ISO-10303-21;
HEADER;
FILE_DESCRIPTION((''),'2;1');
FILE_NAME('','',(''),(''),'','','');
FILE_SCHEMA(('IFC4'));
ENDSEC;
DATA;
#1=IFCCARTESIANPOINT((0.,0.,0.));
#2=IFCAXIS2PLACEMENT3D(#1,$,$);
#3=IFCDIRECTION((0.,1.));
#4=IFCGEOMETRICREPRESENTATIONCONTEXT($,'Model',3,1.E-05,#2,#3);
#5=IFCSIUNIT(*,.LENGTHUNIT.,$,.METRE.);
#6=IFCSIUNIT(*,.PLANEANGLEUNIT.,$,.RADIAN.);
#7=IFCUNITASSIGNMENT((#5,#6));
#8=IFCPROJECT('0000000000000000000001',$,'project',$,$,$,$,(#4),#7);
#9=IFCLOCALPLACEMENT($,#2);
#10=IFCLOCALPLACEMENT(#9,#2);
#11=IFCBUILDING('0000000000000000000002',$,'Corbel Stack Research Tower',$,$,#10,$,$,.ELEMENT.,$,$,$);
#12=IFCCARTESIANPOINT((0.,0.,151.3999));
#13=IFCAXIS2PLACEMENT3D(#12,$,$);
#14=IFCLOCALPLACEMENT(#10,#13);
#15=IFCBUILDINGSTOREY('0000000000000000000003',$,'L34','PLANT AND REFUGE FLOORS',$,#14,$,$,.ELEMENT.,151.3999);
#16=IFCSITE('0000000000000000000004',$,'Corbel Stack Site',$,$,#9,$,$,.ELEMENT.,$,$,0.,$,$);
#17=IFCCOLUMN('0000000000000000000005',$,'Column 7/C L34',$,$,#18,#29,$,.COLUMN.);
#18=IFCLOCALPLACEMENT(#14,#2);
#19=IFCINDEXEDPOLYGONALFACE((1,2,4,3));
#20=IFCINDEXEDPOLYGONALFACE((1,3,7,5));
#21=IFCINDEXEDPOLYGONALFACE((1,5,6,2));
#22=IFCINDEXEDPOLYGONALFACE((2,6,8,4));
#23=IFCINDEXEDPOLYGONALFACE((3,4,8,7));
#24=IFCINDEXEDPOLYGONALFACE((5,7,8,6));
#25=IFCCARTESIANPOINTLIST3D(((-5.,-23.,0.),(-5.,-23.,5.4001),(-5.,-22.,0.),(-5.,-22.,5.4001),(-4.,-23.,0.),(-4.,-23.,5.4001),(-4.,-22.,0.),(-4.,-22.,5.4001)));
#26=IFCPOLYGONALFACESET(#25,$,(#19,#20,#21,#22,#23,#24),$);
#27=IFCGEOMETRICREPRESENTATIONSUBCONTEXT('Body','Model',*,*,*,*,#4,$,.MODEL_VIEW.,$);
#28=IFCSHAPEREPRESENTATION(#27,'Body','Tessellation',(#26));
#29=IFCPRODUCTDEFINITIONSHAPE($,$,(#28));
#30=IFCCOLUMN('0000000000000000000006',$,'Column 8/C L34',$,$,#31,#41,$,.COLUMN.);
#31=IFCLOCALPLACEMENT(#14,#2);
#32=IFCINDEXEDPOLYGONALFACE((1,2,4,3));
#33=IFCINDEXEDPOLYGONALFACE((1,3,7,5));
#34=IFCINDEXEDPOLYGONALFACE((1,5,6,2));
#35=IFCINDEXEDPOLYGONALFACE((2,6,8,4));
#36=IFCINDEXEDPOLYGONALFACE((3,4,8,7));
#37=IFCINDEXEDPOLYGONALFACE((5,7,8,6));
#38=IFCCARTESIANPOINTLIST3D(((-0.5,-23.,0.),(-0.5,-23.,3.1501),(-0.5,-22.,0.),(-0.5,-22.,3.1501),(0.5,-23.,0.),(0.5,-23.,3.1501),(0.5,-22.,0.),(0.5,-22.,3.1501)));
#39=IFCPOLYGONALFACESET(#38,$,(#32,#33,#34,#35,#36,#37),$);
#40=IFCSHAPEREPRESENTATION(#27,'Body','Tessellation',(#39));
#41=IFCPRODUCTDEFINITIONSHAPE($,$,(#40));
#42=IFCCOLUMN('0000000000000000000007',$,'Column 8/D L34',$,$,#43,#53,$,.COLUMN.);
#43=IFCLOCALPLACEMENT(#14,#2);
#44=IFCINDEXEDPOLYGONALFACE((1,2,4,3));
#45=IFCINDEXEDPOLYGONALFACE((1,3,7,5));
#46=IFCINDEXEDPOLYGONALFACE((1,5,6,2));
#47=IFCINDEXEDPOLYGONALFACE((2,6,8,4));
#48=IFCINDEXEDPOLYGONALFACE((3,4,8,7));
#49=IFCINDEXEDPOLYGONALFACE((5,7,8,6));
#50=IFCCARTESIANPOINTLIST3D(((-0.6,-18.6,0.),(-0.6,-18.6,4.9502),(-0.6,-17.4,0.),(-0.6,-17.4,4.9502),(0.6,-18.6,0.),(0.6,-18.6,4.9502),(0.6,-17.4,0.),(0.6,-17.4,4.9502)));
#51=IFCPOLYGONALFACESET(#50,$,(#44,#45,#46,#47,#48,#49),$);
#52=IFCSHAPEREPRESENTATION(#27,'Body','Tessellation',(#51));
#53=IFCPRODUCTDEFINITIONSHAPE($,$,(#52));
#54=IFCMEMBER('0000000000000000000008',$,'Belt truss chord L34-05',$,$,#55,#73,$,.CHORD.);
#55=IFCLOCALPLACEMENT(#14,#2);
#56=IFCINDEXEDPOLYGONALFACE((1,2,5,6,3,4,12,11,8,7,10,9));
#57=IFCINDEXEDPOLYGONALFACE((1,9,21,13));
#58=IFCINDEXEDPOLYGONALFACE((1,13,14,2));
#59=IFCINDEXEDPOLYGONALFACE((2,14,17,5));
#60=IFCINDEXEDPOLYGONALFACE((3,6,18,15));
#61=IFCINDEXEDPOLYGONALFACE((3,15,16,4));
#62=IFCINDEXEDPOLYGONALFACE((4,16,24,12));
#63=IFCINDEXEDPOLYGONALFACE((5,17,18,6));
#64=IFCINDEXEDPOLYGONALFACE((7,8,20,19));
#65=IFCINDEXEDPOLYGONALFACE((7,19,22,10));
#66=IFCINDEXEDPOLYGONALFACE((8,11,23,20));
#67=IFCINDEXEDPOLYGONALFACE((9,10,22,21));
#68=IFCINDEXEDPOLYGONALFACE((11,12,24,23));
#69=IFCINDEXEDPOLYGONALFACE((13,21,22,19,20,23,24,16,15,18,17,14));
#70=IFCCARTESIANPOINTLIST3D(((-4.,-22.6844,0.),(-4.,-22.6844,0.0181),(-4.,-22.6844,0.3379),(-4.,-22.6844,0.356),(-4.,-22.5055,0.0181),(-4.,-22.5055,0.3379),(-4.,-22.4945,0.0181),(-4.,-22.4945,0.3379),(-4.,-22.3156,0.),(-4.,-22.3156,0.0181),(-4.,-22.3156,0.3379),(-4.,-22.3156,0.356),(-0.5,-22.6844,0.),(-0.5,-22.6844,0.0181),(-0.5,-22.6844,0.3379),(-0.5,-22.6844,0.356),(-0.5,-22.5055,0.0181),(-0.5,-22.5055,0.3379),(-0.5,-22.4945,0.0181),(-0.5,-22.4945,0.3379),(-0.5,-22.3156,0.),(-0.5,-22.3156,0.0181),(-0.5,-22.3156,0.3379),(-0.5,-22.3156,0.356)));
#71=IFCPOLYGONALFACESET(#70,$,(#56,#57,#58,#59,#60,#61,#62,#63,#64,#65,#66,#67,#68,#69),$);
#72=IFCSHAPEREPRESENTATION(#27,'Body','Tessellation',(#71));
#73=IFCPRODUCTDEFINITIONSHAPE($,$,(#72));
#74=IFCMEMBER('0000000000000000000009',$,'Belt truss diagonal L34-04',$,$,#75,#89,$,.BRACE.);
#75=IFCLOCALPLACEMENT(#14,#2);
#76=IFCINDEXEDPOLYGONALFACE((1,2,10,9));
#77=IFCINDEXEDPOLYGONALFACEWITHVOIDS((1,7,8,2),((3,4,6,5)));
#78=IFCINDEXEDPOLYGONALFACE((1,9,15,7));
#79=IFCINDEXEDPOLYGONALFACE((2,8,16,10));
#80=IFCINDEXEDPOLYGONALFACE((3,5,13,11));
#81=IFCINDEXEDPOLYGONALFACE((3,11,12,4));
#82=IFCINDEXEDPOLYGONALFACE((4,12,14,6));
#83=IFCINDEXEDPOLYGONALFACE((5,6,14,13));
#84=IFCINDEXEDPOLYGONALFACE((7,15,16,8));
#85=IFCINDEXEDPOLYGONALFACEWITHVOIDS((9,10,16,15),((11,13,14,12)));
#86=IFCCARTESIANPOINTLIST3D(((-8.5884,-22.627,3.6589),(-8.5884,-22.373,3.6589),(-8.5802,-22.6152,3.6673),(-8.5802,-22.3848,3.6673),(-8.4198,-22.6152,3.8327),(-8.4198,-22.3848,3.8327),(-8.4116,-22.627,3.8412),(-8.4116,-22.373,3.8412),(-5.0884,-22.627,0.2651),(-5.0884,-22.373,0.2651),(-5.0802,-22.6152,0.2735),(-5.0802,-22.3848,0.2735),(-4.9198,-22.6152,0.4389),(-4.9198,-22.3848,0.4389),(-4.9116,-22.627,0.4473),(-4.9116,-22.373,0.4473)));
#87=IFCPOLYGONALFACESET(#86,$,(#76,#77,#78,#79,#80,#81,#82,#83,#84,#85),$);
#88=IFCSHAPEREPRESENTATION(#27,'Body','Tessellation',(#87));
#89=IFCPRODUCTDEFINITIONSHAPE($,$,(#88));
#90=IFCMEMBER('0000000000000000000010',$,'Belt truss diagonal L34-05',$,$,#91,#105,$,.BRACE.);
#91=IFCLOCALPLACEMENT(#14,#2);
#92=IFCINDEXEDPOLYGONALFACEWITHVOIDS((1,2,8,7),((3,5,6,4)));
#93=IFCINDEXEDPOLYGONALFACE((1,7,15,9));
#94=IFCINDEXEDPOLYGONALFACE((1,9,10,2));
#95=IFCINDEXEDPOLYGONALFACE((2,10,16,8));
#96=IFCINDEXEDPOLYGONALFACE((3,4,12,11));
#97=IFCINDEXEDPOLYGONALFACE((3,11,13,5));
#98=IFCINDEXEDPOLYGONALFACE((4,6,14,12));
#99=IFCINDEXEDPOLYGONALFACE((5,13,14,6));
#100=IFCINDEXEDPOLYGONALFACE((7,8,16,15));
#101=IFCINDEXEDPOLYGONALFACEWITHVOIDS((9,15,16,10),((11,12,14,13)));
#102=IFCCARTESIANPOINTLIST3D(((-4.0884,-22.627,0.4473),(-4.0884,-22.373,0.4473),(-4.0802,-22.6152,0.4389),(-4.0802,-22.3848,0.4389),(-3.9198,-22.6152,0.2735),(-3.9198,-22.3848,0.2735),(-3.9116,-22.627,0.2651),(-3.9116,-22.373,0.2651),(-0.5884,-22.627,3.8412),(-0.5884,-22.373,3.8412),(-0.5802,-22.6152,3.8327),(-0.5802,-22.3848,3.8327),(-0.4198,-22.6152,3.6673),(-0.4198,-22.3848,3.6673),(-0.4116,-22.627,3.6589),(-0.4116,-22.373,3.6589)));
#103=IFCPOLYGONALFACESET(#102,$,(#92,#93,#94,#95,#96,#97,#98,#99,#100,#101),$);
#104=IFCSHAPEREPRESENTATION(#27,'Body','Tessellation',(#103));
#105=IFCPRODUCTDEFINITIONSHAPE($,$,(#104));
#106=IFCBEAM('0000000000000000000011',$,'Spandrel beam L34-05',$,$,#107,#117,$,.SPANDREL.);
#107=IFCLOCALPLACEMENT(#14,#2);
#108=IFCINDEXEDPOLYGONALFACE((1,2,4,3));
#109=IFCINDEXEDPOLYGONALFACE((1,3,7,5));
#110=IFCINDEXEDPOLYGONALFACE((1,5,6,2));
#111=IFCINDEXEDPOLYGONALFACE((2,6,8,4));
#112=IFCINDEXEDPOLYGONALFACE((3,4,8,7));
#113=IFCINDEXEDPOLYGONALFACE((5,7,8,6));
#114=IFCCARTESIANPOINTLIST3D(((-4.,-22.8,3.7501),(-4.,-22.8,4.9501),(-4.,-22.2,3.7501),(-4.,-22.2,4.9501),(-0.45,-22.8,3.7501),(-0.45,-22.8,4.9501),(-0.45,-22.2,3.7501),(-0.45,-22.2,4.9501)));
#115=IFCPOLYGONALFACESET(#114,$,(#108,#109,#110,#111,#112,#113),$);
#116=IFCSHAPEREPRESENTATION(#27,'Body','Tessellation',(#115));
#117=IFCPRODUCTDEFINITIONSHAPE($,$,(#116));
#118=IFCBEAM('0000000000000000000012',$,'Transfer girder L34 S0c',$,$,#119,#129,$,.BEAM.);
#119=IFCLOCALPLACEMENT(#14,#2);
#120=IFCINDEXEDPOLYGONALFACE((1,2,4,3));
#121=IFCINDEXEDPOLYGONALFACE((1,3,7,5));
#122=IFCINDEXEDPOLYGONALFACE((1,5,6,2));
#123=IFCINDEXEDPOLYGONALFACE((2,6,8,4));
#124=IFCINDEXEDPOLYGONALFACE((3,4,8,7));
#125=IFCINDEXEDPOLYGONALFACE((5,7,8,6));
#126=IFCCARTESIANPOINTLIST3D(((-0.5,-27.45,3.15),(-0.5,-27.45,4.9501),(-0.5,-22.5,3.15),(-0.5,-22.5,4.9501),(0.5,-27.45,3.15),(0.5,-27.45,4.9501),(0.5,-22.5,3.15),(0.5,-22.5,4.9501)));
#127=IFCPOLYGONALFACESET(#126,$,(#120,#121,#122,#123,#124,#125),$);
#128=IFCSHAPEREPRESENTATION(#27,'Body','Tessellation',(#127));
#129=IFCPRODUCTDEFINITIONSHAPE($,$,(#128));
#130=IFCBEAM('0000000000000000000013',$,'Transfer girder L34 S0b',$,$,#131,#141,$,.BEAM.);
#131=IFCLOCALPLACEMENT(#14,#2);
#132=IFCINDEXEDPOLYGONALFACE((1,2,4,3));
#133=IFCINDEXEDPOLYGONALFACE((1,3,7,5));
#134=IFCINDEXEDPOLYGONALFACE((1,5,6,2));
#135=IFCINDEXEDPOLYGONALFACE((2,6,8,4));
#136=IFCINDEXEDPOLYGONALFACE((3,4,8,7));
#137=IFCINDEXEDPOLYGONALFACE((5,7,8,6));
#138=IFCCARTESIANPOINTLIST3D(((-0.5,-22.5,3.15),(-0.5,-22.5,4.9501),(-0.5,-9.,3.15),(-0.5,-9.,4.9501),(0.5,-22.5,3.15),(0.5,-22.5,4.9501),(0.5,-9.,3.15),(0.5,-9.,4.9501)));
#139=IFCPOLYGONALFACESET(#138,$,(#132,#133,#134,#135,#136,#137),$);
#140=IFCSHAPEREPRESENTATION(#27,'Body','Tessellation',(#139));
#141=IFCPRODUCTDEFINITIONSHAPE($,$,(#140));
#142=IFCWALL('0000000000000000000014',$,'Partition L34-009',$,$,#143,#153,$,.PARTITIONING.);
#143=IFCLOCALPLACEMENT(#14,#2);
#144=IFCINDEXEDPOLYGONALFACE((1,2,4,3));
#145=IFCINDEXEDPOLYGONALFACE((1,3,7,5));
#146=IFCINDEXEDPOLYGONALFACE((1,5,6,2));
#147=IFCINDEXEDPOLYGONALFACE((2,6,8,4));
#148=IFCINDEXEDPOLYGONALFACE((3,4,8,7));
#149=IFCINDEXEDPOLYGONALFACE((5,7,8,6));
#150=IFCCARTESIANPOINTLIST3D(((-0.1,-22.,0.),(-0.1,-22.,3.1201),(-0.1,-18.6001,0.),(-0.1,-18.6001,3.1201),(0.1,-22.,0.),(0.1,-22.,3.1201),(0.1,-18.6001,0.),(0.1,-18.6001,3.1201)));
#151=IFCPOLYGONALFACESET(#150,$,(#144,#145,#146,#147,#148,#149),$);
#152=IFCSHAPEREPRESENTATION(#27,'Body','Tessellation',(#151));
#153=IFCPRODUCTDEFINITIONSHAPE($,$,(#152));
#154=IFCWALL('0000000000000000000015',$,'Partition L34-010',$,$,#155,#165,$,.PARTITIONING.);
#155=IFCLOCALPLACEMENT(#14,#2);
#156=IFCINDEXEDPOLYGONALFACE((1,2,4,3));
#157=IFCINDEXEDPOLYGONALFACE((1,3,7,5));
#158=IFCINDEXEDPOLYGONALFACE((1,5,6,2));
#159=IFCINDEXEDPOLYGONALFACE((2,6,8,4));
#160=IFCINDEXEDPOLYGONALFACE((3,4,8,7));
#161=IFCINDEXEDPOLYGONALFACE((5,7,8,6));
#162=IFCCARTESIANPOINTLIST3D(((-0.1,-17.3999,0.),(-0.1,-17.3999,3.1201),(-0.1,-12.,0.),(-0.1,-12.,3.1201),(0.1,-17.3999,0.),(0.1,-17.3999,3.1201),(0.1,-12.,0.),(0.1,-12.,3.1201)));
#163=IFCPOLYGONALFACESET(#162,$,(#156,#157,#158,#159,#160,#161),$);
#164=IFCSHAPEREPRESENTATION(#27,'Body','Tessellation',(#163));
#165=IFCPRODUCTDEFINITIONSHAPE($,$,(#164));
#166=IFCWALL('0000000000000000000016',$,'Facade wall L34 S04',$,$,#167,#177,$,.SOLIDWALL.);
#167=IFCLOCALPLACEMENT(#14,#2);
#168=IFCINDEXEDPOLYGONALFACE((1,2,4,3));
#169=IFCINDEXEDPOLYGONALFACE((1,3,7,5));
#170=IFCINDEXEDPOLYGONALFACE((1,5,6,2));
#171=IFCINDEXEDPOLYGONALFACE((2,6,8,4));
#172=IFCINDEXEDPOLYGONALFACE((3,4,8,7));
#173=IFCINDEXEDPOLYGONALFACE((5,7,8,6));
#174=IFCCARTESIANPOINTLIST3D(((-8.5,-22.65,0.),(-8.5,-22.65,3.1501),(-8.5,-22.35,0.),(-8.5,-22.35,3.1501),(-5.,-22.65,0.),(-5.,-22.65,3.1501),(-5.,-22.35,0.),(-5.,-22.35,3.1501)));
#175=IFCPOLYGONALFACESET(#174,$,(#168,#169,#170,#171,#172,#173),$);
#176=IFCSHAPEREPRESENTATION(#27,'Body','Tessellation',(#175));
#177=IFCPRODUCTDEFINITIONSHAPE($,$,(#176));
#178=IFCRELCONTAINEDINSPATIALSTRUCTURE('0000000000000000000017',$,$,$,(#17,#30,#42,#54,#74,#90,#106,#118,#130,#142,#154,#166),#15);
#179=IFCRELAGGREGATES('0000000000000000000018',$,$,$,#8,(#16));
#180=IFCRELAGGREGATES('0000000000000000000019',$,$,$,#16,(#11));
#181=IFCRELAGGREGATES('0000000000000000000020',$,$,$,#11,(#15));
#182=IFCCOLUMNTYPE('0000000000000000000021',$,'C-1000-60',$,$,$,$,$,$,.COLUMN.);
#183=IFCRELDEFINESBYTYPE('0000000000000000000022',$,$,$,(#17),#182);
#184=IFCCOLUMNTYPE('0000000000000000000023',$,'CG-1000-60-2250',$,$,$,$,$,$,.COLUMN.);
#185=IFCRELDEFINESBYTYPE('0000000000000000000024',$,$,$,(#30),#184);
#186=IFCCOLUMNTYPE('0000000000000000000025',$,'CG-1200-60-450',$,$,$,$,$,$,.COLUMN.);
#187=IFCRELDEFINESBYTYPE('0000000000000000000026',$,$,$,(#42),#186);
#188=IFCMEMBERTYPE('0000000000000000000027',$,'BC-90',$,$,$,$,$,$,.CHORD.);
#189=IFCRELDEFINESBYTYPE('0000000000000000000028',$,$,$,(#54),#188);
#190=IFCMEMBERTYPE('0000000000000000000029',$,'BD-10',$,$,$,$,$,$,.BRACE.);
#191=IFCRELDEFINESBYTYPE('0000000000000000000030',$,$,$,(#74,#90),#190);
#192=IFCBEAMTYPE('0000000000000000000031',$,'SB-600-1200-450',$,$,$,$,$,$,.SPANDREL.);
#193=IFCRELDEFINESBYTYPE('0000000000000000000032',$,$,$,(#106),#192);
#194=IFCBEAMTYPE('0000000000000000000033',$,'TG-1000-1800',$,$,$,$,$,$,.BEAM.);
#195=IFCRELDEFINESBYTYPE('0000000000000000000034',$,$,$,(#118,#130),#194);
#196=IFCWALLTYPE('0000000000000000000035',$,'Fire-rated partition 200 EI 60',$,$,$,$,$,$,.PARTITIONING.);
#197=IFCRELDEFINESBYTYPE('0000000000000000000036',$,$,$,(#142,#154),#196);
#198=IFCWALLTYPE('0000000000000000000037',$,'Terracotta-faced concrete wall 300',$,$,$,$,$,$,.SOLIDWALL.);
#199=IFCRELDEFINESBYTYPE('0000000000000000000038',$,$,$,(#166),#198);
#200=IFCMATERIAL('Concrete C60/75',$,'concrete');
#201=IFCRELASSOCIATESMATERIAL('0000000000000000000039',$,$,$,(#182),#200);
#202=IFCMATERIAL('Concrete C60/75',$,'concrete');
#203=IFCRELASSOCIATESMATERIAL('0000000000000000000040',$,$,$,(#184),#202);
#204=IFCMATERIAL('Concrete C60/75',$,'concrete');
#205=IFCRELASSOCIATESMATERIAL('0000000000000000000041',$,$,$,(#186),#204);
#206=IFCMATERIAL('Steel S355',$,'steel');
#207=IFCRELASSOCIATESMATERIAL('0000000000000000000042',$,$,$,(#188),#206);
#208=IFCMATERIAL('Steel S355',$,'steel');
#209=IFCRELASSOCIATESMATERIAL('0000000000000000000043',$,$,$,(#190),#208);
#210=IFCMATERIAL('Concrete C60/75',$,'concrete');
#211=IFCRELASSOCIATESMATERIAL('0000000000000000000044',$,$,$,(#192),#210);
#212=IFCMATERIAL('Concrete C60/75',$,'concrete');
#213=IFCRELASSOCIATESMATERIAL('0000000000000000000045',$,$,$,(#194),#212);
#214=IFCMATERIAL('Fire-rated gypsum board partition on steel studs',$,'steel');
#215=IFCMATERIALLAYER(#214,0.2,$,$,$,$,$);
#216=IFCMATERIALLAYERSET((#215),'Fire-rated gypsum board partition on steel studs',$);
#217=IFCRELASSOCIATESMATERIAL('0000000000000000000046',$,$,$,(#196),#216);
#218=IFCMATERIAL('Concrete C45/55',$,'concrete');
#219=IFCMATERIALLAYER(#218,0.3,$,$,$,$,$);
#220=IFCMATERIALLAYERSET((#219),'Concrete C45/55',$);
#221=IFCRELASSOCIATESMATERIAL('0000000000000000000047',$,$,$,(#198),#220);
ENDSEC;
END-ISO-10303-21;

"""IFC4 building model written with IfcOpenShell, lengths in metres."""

from ifc_helpers import new_model, si_unit, direction, frame, frame_2d, origin, origin_2d, place, context, subcontext, project, spatial, rectangle, hollow_rectangle, i_section, extrude, material, layer, layer_set, material_profile, profile_set, type_object, element, save


model = new_model("IFC4")

# Units and contexts
model_context = context("Model", 3, precision=1e-05, world=origin(), true_north=direction((0.0, 1.0)))
body_context = subcontext(model_context, "Body", "Model", "MODEL_VIEW")
ifc_project = project(units=[si_unit("LENGTHUNIT", "METRE"), si_unit("PLANEANGLEUNIT", "RADIAN")], contexts=[model_context])

# Site, building, storey
site_placement = place(None, origin())
site = spatial("IfcSite", under=ifc_project, at=site_placement, Name="Corbel Stack Site", CompositionType="ELEMENT", RefElevation=0.0)
building_placement = place(site_placement, origin())
building = spatial("IfcBuilding", under=site, at=building_placement, Name="Corbel Stack Research Tower", CompositionType="ELEMENT")
storey_placement = place(building_placement, frame((0.0, 0.0, 151.3999)))
storey = spatial("IfcBuildingStorey", under=building, at=storey_placement, Name="L34", Description="PLANT AND REFUGE FLOORS", CompositionType="ELEMENT", Elevation=151.3999)

# Columns
ifc_material_1 = material(Name="Concrete C60/75", Category="concrete")
ifc_material_profile_1 = material_profile(ifc_material_1, rectangle(XDim=1.0, YDim=1.0, at=origin_2d()), Name="RC 1000 x 1000")
ifc_profile_set_1 = profile_set([ifc_material_profile_1], Name="Concrete C60/75")
column_type_1 = type_object("IfcColumnType", Name="C-1000-60", PredefinedType="COLUMN", material=ifc_profile_set_1)
column_1_placement = place(storey_placement, frame((-4.5, -22.5, 0.0), z_axis=(0.0, 0.0, 1.0), x_axis=(1.0, 0.0, 0.0)))
element("IfcColumn", 1, at=column_1_placement, inside=storey, type_object=column_type_1, Name="Column 7/C L34", PredefinedType="COLUMN", context=body_context, shape_type="SweptSolid", body=[
    extrude(rectangle(XDim=1.0, YDim=1.0, at=origin_2d()), origin(), (0.0, 0.0, 1.0), 5.4001),
])
ifc_material_2 = material(Name="Concrete C60/75", Category="concrete")
ifc_material_profile_2 = material_profile(ifc_material_2, rectangle(XDim=1.0, YDim=1.0, at=origin_2d()), Name="RC 1000 x 1000")
ifc_profile_set_2 = profile_set([ifc_material_profile_2], Name="Concrete C60/75")
column_type_2 = type_object("IfcColumnType", Name="CG-1000-60-2250", PredefinedType="COLUMN", material=ifc_profile_set_2)
column_2_placement = place(storey_placement, frame((0.0, -22.5, 0.0), z_axis=(0.0, 0.0, 1.0), x_axis=(1.0, 0.0, 0.0)))
element("IfcColumn", 2, at=column_2_placement, inside=storey, type_object=column_type_2, Name="Column 8/C L34", PredefinedType="COLUMN", context=body_context, shape_type="SweptSolid", body=[
    extrude(rectangle(XDim=1.0, YDim=1.0, at=origin_2d()), origin(), (0.0, 0.0, 1.0), 3.1501),
])
ifc_material_3 = material(Name="Concrete C60/75", Category="concrete")
ifc_material_profile_3 = material_profile(ifc_material_3, rectangle(XDim=1.2, YDim=1.2, at=origin_2d()), Name="RC 1200 x 1200")
ifc_profile_set_3 = profile_set([ifc_material_profile_3], Name="Concrete C60/75")
column_type_3 = type_object("IfcColumnType", Name="CG-1200-60-450", PredefinedType="COLUMN", material=ifc_profile_set_3)
column_3_placement = place(storey_placement, frame((0.0, -18.0, 0.0), z_axis=(0.0, 0.0, 1.0), x_axis=(1.0, 0.0, 0.0)))
element("IfcColumn", 3, at=column_3_placement, inside=storey, type_object=column_type_3, Name="Column 8/D L34", PredefinedType="COLUMN", context=body_context, shape_type="SweptSolid", body=[
    extrude(rectangle(XDim=1.2, YDim=1.2, at=origin_2d()), origin(), (0.0, 0.0, 1.0), 4.9502),
])

# Members
ifc_material_4 = material(Name="Steel S355", Category="steel")
ifc_material_profile_4 = material_profile(ifc_material_4, i_section(OverallWidth=0.3689, OverallDepth=0.356, WebThickness=0.011, FlangeThickness=0.0181, at=origin_2d()), Name="W14x90")
ifc_profile_set_4 = profile_set([ifc_material_profile_4], Name="Steel S355")
member_type_1 = type_object("IfcMemberType", Name="BC-90", PredefinedType="CHORD", material=ifc_profile_set_4)
member_placement = place(storey_placement, frame((-4.0, -22.5, 0.178), z_axis=(1.0, 0.0, 0.0), x_axis=(0.0, 1.0, 0.0)))
element("IfcMember", 4, at=member_placement, inside=storey, type_object=member_type_1, Name="Belt truss chord L34-05", PredefinedType="CHORD", context=body_context, shape_type="SweptSolid", body=[
    extrude(i_section(OverallWidth=0.3689, OverallDepth=0.356, WebThickness=0.011, FlangeThickness=0.0181, at=origin_2d()), origin(), (0.0, 0.0, 1.0), 3.5),
])
ifc_material_5 = material(Name="Steel S355", Category="steel")
ifc_material_profile_5 = material_profile(ifc_material_5, hollow_rectangle(XDim=0.2539, YDim=0.2539, WallThickness=0.0117, at=origin_2d()), Name="HSS10x10x1/2")
ifc_profile_set_5 = profile_set([ifc_material_profile_5], Name="Steel S355")
member_type_2 = type_object("IfcMemberType", Name="BD-10", PredefinedType="BRACE", material=ifc_profile_set_5)
for number, where, z_axis, x_axis, name in (
    (5, (-5.0, -22.5, 0.3562), (-0.717915, 0.0, 0.696131), (0.0, -1.0, 0.0), "Belt truss diagonal L34-04"),
    (6, (-4.0, -22.5, 0.3562), (0.717915, 0.0, 0.696131), (0.0, 1.0, 0.0), "Belt truss diagonal L34-05"),
):
    element("IfcMember", number, at=place(storey_placement, frame(where, z_axis=z_axis, x_axis=x_axis)), inside=storey, type_object=member_type_2, Name=name, PredefinedType="BRACE", context=body_context, shape_type="SweptSolid", body=[
        extrude(hollow_rectangle(XDim=0.2539, YDim=0.2539, WallThickness=0.0117, at=origin_2d()), origin(), (0.0, 0.0, 1.0), 4.8752),
    ])

# Beams
ifc_material_6 = material(Name="Concrete C60/75", Category="concrete")
ifc_material_profile_6 = material_profile(ifc_material_6, rectangle(XDim=0.6001, YDim=1.2, at=origin_2d()), Name="RC 600 x 1200")
ifc_profile_set_6 = profile_set([ifc_material_profile_6], Name="Concrete C60/75")
beam_type_1 = type_object("IfcBeamType", Name="SB-600-1200-450", PredefinedType="SPANDREL", material=ifc_profile_set_6)
beam_1_placement = place(storey_placement, frame((-4.0, -22.5, 4.3501), z_axis=(1.0, 0.0, 0.0), x_axis=(0.0, 1.0, 0.0)))
element("IfcBeam", 7, at=beam_1_placement, inside=storey, type_object=beam_type_1, Name="Spandrel beam L34-05", PredefinedType="SPANDREL", context=body_context, shape_type="SweptSolid", body=[
    extrude(rectangle(XDim=0.6001, YDim=1.2, at=origin_2d()), origin(), (0.0, 0.0, 1.0), 3.55),
])
ifc_material_7 = material(Name="Concrete C60/75", Category="concrete")
ifc_material_profile_7 = material_profile(ifc_material_7, rectangle(XDim=1.0, YDim=1.8, at=origin_2d()), Name="RC 1000 x 1800")
ifc_profile_set_7 = profile_set([ifc_material_profile_7], Name="Concrete C60/75")
beam_type_2 = type_object("IfcBeamType", Name="TG-1000-1800", PredefinedType="BEAM", material=ifc_profile_set_7)
beam_2_placement = place(storey_placement, frame((0.0, -27.45, 4.05), z_axis=(0.0, 1.0, 0.0), x_axis=(-1.0, 0.0, 0.0)))
element("IfcBeam", 8, at=beam_2_placement, inside=storey, type_object=beam_type_2, Name="Transfer girder L34 S0c", PredefinedType="BEAM", context=body_context, shape_type="SweptSolid", body=[
    extrude(rectangle(XDim=1.0, YDim=1.8, at=origin_2d()), origin(), (0.0, 0.0, 1.0), 4.95),
])
beam_3_placement = place(storey_placement, frame((0.0, -22.5, 4.05), z_axis=(0.0, 1.0, 0.0), x_axis=(-1.0, 0.0, 0.0)))
element("IfcBeam", 9, at=beam_3_placement, inside=storey, type_object=beam_type_2, Name="Transfer girder L34 S0b", PredefinedType="BEAM", context=body_context, shape_type="SweptSolid", body=[
    extrude(rectangle(XDim=1.0, YDim=1.8, at=origin_2d()), origin(), (0.0, 0.0, 1.0), 13.5),
])

# Walls
ifc_material_8 = material(Name="Fire-rated gypsum board partition on steel studs", Category="steel")
ifc_layer_1 = layer(ifc_material_8, 0.2)
ifc_layer_set_1 = layer_set([ifc_layer_1], Name="Fire-rated gypsum board partition on steel studs")
wall_type_1 = type_object("IfcWallType", Name="Fire-rated partition 200 EI 60", PredefinedType="PARTITIONING", material=ifc_layer_set_1)
wall_1_placement = place(storey_placement, frame((0.0, -22.0, 0.0), z_axis=(0.0, 0.0, 1.0), x_axis=(0.0, 1.0, 0.0)))
element("IfcWall", 10, at=wall_1_placement, inside=storey, type_object=wall_type_1, Name="Partition L34-009", PredefinedType="PARTITIONING", context=body_context, shape_type="SweptSolid", body=[
    extrude(rectangle(XDim=3.3999, YDim=0.2, at=frame_2d((1.7, 0.0))), origin(), (0.0, 0.0, 1.0), 3.1201),
])
wall_2_placement = place(storey_placement, frame((0.0, -17.3999, 0.0), z_axis=(0.0, 0.0, 1.0), x_axis=(0.0, 1.0, 0.0)))
element("IfcWall", 11, at=wall_2_placement, inside=storey, type_object=wall_type_1, Name="Partition L34-010", PredefinedType="PARTITIONING", context=body_context, shape_type="SweptSolid", body=[
    extrude(rectangle(XDim=5.3999, YDim=0.2, at=frame_2d((2.7, 0.0))), origin(), (0.0, 0.0, 1.0), 3.1201),
])
ifc_material_9 = material(Name="Concrete C45/55", Category="concrete")
ifc_layer_2 = layer(ifc_material_9, 0.3)
ifc_layer_set_2 = layer_set([ifc_layer_2], Name="Concrete C45/55")
wall_type_2 = type_object("IfcWallType", Name="Terracotta-faced concrete wall 300", PredefinedType="SOLIDWALL", material=ifc_layer_set_2)
for number, where, z_axis, x_axis, name in (
    (12, (-5.0, -22.5, 0.0), (0.0, 0.0, 1.0), (-1.0, 0.0, 0.0), "Facade wall L34 S04"),
):
    element("IfcWall", number, at=place(storey_placement, frame(where, z_axis=z_axis, x_axis=x_axis)), inside=storey, type_object=wall_type_2, Name=name, PredefinedType="SOLIDWALL", context=body_context, shape_type="SweptSolid", body=[
        extrude(rectangle(XDim=3.5, YDim=0.3, at=frame_2d((1.75, 0.0))), origin(), (0.0, 0.0, 1.0), 3.1501),
    ])

save(model, "model.ifc")
